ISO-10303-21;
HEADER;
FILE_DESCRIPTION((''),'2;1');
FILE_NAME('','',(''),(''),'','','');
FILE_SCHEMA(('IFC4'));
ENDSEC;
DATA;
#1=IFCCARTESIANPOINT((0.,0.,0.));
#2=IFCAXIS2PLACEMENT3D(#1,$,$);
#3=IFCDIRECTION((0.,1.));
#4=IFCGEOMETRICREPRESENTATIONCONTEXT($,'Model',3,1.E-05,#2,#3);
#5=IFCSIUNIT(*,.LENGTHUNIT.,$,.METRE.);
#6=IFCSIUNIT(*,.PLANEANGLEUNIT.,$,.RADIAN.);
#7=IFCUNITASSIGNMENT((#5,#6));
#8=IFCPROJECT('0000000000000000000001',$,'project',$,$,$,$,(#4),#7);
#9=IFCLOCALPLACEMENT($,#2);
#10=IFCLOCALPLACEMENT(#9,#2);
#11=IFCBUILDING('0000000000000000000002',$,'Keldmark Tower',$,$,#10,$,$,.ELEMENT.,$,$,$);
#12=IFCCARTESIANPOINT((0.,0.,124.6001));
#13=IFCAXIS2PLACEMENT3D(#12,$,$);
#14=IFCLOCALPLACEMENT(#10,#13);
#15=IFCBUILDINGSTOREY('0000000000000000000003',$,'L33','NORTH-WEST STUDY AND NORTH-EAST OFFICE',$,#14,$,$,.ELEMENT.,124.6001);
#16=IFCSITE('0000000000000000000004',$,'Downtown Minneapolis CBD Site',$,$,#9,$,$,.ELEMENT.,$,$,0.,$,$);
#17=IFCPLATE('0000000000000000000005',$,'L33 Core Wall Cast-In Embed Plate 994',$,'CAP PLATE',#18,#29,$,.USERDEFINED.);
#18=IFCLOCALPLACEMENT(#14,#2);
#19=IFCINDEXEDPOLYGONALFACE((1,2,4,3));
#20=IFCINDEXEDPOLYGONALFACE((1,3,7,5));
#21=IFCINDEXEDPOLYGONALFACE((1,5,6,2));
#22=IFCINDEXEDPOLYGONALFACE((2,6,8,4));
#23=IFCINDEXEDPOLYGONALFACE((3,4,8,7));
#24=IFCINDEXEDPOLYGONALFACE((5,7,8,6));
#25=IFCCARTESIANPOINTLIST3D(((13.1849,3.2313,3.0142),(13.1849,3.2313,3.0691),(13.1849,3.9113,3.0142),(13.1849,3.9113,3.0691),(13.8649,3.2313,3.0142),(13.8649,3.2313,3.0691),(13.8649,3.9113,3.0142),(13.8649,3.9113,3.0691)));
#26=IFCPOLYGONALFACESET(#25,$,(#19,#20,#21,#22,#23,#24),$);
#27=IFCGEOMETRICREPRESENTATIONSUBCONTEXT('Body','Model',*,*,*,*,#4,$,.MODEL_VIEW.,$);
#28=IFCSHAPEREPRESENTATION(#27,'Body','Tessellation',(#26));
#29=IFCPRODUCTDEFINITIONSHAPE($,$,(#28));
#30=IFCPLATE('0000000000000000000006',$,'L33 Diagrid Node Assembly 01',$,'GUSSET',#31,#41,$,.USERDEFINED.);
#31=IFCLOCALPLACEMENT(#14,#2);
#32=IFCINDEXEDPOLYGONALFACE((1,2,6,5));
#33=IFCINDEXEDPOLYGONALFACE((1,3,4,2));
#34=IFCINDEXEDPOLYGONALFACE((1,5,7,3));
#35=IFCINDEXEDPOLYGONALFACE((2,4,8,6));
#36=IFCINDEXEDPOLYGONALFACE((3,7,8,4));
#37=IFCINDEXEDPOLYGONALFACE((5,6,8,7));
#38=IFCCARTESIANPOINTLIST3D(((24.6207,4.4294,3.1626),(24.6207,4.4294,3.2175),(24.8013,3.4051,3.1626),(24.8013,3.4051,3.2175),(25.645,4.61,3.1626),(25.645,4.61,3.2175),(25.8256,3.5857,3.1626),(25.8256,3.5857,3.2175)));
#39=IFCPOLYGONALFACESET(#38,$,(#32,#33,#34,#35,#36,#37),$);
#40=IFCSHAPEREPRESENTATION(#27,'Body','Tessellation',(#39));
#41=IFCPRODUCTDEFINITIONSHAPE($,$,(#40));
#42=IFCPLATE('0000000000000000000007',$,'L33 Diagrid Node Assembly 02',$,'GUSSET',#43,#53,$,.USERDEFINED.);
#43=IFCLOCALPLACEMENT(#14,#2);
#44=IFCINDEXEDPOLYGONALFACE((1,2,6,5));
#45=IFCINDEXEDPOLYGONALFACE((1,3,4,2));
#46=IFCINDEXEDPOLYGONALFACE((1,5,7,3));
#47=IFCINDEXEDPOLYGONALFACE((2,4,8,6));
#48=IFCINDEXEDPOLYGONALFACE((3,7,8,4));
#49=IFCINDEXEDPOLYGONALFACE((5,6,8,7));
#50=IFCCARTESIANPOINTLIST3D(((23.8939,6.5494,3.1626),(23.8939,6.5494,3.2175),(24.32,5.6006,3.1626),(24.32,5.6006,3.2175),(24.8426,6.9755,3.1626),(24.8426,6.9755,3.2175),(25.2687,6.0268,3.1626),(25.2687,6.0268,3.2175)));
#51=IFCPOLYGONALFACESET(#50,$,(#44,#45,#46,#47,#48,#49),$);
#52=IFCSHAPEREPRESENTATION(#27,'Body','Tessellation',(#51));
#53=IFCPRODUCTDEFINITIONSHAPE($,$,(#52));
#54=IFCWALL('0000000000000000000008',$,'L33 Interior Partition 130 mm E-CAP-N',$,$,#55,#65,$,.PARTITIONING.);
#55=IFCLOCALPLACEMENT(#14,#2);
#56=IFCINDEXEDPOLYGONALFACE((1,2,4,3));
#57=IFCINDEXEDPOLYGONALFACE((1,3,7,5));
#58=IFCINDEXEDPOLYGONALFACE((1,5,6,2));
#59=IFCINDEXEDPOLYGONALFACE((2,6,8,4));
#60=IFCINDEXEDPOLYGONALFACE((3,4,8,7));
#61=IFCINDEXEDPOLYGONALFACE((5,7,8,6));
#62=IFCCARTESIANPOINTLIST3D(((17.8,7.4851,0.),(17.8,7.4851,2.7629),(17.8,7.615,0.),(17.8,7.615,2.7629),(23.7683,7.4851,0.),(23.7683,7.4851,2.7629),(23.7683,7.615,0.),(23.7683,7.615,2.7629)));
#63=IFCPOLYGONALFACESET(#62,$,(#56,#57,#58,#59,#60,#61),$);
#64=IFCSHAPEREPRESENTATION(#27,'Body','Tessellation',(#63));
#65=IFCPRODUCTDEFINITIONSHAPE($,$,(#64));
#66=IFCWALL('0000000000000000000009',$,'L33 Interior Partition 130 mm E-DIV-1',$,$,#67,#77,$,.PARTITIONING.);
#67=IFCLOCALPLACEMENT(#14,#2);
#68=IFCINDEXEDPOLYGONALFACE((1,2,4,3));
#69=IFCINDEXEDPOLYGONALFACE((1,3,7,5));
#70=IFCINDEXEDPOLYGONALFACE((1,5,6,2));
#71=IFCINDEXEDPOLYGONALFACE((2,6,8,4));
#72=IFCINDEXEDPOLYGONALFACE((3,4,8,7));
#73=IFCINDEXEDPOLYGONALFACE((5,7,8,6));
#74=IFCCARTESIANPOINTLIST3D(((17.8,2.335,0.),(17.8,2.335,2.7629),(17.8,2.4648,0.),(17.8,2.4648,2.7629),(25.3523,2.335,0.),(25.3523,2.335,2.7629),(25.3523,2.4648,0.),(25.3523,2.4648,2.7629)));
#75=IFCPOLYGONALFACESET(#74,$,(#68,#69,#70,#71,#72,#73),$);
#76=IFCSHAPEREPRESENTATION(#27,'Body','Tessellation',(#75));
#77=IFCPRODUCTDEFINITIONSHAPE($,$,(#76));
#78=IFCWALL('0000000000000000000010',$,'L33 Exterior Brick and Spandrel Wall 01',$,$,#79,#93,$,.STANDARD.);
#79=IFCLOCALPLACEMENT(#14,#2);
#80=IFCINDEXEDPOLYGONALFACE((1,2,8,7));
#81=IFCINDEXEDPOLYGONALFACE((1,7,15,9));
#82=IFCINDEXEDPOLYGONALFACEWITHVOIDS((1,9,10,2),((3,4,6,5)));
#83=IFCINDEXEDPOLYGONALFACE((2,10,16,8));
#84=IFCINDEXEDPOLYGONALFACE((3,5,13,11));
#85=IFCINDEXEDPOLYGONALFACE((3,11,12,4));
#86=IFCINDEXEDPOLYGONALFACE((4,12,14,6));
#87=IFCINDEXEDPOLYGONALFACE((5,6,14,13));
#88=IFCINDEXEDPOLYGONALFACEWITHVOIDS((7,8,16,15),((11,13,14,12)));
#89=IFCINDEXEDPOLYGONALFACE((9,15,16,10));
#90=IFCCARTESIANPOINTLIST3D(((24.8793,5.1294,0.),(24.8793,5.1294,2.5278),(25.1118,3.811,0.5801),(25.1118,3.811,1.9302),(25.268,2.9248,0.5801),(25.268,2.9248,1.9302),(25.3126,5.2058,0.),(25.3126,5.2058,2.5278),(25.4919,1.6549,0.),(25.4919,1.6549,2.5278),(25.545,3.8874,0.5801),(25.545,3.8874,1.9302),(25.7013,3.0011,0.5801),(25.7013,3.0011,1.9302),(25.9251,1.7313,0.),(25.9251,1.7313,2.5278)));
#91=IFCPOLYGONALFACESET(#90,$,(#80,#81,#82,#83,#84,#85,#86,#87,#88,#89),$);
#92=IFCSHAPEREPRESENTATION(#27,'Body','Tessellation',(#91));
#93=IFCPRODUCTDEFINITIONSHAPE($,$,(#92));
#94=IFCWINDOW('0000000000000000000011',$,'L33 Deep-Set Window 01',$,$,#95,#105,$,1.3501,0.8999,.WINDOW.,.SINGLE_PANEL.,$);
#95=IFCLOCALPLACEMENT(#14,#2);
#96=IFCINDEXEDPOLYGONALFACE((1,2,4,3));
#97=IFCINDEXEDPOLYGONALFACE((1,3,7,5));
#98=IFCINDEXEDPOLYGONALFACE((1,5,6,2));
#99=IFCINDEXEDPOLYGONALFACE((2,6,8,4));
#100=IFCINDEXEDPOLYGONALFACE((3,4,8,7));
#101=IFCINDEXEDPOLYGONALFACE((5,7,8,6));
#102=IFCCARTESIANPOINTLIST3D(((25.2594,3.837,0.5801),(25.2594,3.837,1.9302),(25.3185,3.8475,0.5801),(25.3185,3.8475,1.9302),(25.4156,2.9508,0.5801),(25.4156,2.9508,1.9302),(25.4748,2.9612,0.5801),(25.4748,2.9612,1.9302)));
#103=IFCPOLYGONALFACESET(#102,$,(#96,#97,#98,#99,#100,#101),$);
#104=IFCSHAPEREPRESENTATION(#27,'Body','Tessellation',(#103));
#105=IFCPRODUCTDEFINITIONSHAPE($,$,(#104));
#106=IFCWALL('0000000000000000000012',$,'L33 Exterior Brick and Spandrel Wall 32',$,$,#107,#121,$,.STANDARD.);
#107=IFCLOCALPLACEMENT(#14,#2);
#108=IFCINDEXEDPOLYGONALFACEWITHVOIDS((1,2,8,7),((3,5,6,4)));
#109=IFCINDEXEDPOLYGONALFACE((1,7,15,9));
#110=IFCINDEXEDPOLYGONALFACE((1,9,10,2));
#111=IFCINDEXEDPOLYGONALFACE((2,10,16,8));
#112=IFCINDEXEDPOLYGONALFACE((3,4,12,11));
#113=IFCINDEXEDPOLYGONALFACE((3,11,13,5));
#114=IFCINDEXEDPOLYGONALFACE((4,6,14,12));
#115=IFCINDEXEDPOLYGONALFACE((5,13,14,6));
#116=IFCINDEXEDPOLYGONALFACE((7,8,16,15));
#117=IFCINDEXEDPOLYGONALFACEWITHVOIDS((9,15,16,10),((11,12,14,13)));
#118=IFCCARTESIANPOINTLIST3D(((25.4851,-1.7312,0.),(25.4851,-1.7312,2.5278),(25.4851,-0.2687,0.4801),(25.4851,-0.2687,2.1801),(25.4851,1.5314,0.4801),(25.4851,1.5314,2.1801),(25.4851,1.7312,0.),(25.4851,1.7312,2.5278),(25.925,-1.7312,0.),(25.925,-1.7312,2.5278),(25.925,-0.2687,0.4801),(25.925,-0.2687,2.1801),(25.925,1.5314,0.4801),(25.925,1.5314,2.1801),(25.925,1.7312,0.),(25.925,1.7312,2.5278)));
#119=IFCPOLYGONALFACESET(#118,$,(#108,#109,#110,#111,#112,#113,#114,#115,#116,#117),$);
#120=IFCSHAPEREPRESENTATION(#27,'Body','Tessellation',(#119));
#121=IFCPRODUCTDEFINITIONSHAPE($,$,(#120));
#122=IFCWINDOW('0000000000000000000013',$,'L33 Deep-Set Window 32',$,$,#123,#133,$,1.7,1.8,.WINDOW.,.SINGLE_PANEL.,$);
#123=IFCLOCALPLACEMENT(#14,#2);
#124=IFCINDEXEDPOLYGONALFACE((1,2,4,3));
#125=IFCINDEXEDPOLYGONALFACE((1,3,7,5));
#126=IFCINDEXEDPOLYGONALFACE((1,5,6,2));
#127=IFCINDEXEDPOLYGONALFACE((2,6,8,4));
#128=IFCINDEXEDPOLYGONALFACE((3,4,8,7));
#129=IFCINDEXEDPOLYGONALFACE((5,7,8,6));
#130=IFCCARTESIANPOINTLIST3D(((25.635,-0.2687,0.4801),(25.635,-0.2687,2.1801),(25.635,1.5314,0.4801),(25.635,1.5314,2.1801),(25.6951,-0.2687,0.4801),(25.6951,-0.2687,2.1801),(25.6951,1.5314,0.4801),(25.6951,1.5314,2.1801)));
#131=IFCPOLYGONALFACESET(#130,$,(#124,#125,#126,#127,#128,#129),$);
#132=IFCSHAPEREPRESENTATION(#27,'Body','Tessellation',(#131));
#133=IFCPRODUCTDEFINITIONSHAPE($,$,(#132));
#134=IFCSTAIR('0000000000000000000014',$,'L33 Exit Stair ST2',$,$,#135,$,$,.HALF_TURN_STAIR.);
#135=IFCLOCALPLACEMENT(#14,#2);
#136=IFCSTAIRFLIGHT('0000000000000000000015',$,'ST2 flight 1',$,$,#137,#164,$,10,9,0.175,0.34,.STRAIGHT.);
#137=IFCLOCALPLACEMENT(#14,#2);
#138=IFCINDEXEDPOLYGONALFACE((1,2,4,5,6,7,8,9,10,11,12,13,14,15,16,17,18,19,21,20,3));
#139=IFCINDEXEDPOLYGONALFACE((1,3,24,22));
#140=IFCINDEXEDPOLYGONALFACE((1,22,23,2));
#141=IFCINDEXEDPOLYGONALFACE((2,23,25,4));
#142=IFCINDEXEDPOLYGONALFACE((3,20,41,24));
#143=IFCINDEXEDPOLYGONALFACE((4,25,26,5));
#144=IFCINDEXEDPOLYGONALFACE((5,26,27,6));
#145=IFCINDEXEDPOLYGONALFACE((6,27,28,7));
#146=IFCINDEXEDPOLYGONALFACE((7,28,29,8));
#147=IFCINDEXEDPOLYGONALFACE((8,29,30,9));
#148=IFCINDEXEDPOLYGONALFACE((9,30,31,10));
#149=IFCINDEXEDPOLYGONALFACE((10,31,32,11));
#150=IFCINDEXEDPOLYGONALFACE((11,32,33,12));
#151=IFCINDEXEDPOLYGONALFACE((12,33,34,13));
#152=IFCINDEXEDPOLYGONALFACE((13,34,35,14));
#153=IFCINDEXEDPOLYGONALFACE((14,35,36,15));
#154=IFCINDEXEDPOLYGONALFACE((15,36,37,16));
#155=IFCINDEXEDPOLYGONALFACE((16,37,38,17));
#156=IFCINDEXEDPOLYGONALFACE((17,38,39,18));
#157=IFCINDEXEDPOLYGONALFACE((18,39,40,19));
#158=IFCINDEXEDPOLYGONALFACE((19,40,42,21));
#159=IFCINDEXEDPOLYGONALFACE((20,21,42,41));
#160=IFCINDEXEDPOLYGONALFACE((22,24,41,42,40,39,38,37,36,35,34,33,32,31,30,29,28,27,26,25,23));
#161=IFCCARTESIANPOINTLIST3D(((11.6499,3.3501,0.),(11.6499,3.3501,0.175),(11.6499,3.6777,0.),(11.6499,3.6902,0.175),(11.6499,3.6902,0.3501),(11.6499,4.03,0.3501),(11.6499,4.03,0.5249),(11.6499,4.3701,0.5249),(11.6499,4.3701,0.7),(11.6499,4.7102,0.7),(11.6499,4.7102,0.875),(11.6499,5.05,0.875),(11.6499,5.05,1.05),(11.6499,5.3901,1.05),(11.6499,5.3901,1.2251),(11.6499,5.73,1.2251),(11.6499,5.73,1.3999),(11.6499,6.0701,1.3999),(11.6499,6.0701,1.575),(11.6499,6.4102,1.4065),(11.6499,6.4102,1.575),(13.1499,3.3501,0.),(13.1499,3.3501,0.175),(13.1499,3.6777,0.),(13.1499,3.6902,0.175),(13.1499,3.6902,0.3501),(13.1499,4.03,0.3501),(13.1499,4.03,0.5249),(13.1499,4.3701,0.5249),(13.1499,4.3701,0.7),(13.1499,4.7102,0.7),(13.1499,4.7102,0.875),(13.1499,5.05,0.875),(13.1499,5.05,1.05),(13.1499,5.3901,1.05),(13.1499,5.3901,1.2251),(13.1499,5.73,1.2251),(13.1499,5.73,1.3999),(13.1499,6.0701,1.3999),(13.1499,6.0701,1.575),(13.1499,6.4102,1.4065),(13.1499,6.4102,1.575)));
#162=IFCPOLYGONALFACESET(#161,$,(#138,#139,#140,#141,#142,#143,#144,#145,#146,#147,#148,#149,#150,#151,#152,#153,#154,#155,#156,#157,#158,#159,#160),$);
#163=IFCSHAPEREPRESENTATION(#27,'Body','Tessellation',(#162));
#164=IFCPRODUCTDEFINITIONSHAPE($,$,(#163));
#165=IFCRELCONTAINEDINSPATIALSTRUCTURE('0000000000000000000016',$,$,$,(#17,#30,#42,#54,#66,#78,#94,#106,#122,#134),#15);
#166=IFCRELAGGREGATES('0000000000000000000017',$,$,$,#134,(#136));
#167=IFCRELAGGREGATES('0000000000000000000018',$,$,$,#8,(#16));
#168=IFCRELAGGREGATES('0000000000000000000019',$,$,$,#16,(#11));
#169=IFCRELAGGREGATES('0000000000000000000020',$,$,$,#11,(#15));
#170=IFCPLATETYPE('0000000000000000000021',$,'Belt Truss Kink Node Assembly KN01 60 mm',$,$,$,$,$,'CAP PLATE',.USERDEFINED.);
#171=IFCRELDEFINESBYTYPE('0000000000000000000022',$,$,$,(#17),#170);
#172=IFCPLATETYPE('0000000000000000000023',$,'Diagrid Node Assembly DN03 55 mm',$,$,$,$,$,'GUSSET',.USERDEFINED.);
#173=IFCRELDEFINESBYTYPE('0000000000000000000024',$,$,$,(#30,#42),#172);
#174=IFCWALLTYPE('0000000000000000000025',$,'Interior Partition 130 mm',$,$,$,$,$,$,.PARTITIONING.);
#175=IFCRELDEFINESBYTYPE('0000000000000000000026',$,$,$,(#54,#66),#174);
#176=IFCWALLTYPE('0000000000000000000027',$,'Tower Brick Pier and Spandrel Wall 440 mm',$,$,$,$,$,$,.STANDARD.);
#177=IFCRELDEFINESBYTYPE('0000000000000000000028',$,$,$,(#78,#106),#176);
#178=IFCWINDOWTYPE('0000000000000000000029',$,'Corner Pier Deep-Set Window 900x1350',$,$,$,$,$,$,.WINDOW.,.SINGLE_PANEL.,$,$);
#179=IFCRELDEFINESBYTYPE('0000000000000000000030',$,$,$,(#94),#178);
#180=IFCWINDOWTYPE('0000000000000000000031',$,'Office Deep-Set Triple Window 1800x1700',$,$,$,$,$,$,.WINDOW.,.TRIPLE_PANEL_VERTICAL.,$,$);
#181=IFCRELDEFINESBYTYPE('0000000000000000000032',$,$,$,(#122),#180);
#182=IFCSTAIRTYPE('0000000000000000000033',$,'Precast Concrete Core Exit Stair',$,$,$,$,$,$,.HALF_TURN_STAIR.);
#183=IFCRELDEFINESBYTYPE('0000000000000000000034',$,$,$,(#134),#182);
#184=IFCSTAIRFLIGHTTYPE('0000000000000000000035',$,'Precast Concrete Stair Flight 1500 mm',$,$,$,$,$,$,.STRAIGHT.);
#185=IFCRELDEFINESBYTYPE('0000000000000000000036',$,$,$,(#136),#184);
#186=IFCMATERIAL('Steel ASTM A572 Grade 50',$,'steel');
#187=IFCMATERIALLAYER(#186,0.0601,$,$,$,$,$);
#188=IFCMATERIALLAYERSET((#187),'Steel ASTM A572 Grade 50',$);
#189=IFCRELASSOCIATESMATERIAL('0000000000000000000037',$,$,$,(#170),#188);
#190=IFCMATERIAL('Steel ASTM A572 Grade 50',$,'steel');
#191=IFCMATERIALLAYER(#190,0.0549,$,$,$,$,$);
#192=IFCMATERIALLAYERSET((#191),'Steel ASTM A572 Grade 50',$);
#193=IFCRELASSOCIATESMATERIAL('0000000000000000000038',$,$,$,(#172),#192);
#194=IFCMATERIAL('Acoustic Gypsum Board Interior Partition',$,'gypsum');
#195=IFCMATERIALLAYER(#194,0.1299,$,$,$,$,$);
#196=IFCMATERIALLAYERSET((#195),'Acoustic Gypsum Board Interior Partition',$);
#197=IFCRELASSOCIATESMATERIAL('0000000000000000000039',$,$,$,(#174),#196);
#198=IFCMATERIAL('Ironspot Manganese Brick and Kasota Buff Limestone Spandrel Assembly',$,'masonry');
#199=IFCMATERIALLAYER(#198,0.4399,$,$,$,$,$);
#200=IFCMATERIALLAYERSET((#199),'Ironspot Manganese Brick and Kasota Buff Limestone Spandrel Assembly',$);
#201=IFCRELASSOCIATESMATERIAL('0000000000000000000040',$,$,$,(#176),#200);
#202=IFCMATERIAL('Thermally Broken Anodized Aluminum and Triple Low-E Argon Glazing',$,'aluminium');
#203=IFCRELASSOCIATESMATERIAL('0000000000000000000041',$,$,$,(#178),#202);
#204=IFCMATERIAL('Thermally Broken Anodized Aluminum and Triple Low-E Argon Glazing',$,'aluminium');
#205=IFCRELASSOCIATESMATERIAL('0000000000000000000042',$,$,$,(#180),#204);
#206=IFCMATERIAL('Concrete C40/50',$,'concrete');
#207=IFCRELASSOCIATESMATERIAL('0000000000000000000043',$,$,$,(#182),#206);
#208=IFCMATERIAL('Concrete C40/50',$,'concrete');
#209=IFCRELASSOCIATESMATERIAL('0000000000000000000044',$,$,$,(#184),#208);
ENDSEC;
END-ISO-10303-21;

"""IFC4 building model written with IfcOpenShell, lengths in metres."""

from ifc_helpers import new_model, si_unit, direction, frame, frame_2d, origin, origin_2d, place, context, subcontext, project, spatial, polyline, rectangle, outline, extrude, material, layer, layer_set, type_object, element, fill, aggregate, save


model = new_model("IFC4")

# Units and contexts
model_context = context("Model", 3, precision=1e-05, world=origin(), true_north=direction((0.0, 1.0)))
body_context = subcontext(model_context, "Body", "Model", "MODEL_VIEW")
ifc_project = project(units=[si_unit("LENGTHUNIT", "METRE"), si_unit("PLANEANGLEUNIT", "RADIAN")], contexts=[model_context])

# Site, building, storey
site_placement = place(None, origin())
site = spatial("IfcSite", under=ifc_project, at=site_placement, Name="Downtown Minneapolis CBD Site", CompositionType="ELEMENT", RefElevation=0.0)
building_placement = place(site_placement, origin())
building = spatial("IfcBuilding", under=site, at=building_placement, Name="Keldmark Tower", CompositionType="ELEMENT")
storey_placement = place(building_placement, frame((0.0, 0.0, 124.6001)))
storey = spatial("IfcBuildingStorey", under=building, at=storey_placement, Name="L33", Description="NORTH-WEST STUDY AND NORTH-EAST OFFICE", CompositionType="ELEMENT", Elevation=124.6001)

# Plates
ifc_material_1 = material(Name="Steel ASTM A572 Grade 50", Category="steel")
ifc_layer_1 = layer(ifc_material_1, 0.0601)
ifc_layer_set_1 = layer_set([ifc_layer_1], Name="Steel ASTM A572 Grade 50")
plate_type_1 = type_object("IfcPlateType", Name="Belt Truss Kink Node Assembly KN01 60 mm", ElementType="CAP PLATE", PredefinedType="USERDEFINED", material=ifc_layer_set_1)
for number, where, z_axis, x_axis, name in (
    (1, (13.5249, 3.5713, 3.0142), (0.0, 0.0, 1.0), (1.0, 0.0, 0.0), "L33 Core Wall Cast-In Embed Plate 994"),
):
    element("IfcPlate", number, at=place(storey_placement, frame(where, z_axis=z_axis, x_axis=x_axis)), inside=storey, type_object=plate_type_1, Name=name, ObjectType="CAP PLATE", PredefinedType="USERDEFINED", context=body_context, shape_type="SweptSolid", body=[
        extrude(rectangle(XDim=0.6799, YDim=0.6799, at=origin_2d()), origin(), (0.0, 0.0, 1.0), 0.0549),
    ])
ifc_material_2 = material(Name="Steel ASTM A572 Grade 50", Category="steel")
ifc_layer_2 = layer(ifc_material_2, 0.0549)
ifc_layer_set_2 = layer_set([ifc_layer_2], Name="Steel ASTM A572 Grade 50")
plate_type_2 = type_object("IfcPlateType", Name="Diagrid Node Assembly DN03 55 mm", ElementType="GUSSET", PredefinedType="USERDEFINED", material=ifc_layer_set_2)
for number, where, z_axis, x_axis, name in (
    (2, (25.2231, 4.0076, 3.1626), (0.0, 0.0, 1.0), (-0.173648, 0.984808, 0.0), "L33 Diagrid Node Assembly 01"),
    (3, (24.5813, 6.2881, 3.1626), (0.0, 0.0, 1.0), (-0.409764, 0.912192, 0.0), "L33 Diagrid Node Assembly 02"),
):
    element("IfcPlate", number, at=place(storey_placement, frame(where, z_axis=z_axis, x_axis=x_axis)), inside=storey, type_object=plate_type_2, Name=name, ObjectType="GUSSET", PredefinedType="USERDEFINED", context=body_context, shape_type="SweptSolid", body=[
        extrude(rectangle(XDim=1.04, YDim=1.04, at=origin_2d()), origin(), (0.0, 0.0, 1.0), 0.0549),
    ])

# Walls
ifc_material_3 = material(Name="Acoustic Gypsum Board Interior Partition", Category="gypsum")
ifc_layer_3 = layer(ifc_material_3, 0.1299)
ifc_layer_set_3 = layer_set([ifc_layer_3], Name="Acoustic Gypsum Board Interior Partition")
wall_type_1 = type_object("IfcWallType", Name="Interior Partition 130 mm", PredefinedType="PARTITIONING", material=ifc_layer_set_3)
wall_1_placement = place(storey_placement, frame((17.8, 7.55, 0.0), z_axis=(0.0, 0.0, 1.0), x_axis=(1.0, 0.0, 0.0)))
element("IfcWall", 4, at=wall_1_placement, inside=storey, type_object=wall_type_1, Name="L33 Interior Partition 130 mm E-CAP-N", PredefinedType="PARTITIONING", context=body_context, shape_type="SweptSolid", body=[
    extrude(rectangle(XDim=5.9683, YDim=0.1299, at=frame_2d((2.9841, 0.0))), origin(), (0.0, 0.0, 1.0), 2.7629),
])
wall_2_placement = place(storey_placement, frame((17.8, 2.3999, 0.0), z_axis=(0.0, 0.0, 1.0), x_axis=(1.0, 0.0, 0.0)))
element("IfcWall", 5, at=wall_2_placement, inside=storey, type_object=wall_type_1, Name="L33 Interior Partition 130 mm E-DIV-1", PredefinedType="PARTITIONING", context=body_context, shape_type="SweptSolid", body=[
    extrude(rectangle(XDim=7.5522, YDim=0.1299, at=frame_2d((3.7761, 0.0))), origin(), (0.0, 0.0, 1.0), 2.7629),
])

# Walls, openings, windows
ifc_material_4 = material(Name="Ironspot Manganese Brick and Kasota Buff Limestone Spandrel Assembly", Category="masonry")
ifc_layer_4 = layer(ifc_material_4, 0.4399)
ifc_layer_set_4 = layer_set([ifc_layer_4], Name="Ironspot Manganese Brick and Kasota Buff Limestone Spandrel Assembly")
wall_type_2 = type_object("IfcWallType", Name="Tower Brick Pier and Spandrel Wall 440 mm", PredefinedType="STANDARD", material=ifc_layer_set_4)
wall_3_placement = place(storey_placement, frame((25.0959, 5.1677, 0.0), z_axis=(0.0, 0.0, 1.0), x_axis=(0.173616, -0.984813, 0.0)))
wall_3 = element("IfcWall", 6, at=wall_3_placement, inside=storey, type_object=wall_type_2, Name="L33 Exterior Brick and Spandrel Wall 01", PredefinedType="STANDARD", context=body_context, shape_type="SweptSolid", body=[
    extrude(rectangle(XDim=3.5281, YDim=0.4399, at=frame_2d((1.7642, 0.0))), origin(), (0.0, 0.0, 1.0), 2.5278),
])
opening_1_placement = place(wall_3_placement, frame((1.3389, 0.0, 0.5801)))
opening_1 = element("IfcOpeningElement", 7, at=opening_1_placement, cuts=wall_3, PredefinedType="OPENING", context=body_context, shape_type="SweptSolid", body=[
    extrude(rectangle(XDim=0.8999, YDim=1.3501, at=frame_2d((0.45, 0.675))), frame((0.0, 0.23, 0.0), z_axis=(0.0, -1.0, 0.0), x_axis=(1.0, 0.0, 0.0)), (0.0, 0.0, 1.0), 0.46),
])
ifc_material_5 = material(Name="Thermally Broken Anodized Aluminum and Triple Low-E Argon Glazing", Category="aluminium")
window_type_1 = type_object("IfcWindowType", Name="Corner Pier Deep-Set Window 900x1350", PartitioningType="SINGLE_PANEL", PredefinedType="WINDOW", material=ifc_material_5)
window_1_placement = place(opening_1_placement, origin())
window_1 = element("IfcWindow", 8, at=window_1_placement, inside=storey, type_object=window_type_1, Name="L33 Deep-Set Window 01", OverallHeight=1.3501, OverallWidth=0.8999, PartitioningType="SINGLE_PANEL", PredefinedType="WINDOW", context=body_context, shape_type="SweptSolid", body=[
    extrude(rectangle(XDim=0.8999, YDim=1.3501, at=frame_2d((0.45, 0.675))), frame((0.0, -0.01, 0.0), z_axis=(0.0, -1.0, 0.0), x_axis=(1.0, 0.0, 0.0)), (0.0, 0.0, 1.0), 0.0601),
])
fill(opening_1, window_1)
wall_4_placement = place(storey_placement, frame((25.7051, 1.7312, 0.0), z_axis=(0.0, 0.0, 1.0), x_axis=(0.0, -1.0, 0.0)))
wall_4 = element("IfcWall", 9, at=wall_4_placement, inside=storey, type_object=wall_type_2, Name="L33 Exterior Brick and Spandrel Wall 32", PredefinedType="STANDARD", context=body_context, shape_type="SweptSolid", body=[
    extrude(rectangle(XDim=3.4624, YDim=0.4399, at=frame_2d((1.7312, 0.0))), origin(), (0.0, 0.0, 1.0), 2.5278),
])
opening_2_placement = place(wall_4_placement, frame((0.2, 0.0, 0.48)))
opening_2 = element("IfcOpeningElement", 10, at=opening_2_placement, cuts=wall_4, PredefinedType="OPENING", context=body_context, shape_type="SweptSolid", body=[
    extrude(rectangle(XDim=1.8, YDim=1.7, at=frame_2d((0.8999, 0.8501))), frame((0.0, 0.23, 0.0), z_axis=(0.0, -1.0, 0.0), x_axis=(1.0, 0.0, 0.0)), (0.0, 0.0, 1.0), 0.46),
])
ifc_material_6 = material(Name="Thermally Broken Anodized Aluminum and Triple Low-E Argon Glazing", Category="aluminium")
window_type_2 = type_object("IfcWindowType", Name="Office Deep-Set Triple Window 1800x1700", PartitioningType="TRIPLE_PANEL_VERTICAL", PredefinedType="WINDOW", material=ifc_material_6)
window_2_placement = place(opening_2_placement, origin())
window_2 = element("IfcWindow", 11, at=window_2_placement, inside=storey, type_object=window_type_2, Name="L33 Deep-Set Window 32", OverallHeight=1.7, OverallWidth=1.8, PartitioningType="SINGLE_PANEL", PredefinedType="WINDOW", context=body_context, shape_type="SweptSolid", body=[
    extrude(rectangle(XDim=1.8, YDim=1.7, at=frame_2d((0.8999, 0.8501))), frame((0.0, -0.01, 0.0), z_axis=(0.0, -1.0, 0.0), x_axis=(1.0, 0.0, 0.0)), (0.0, 0.0, 1.0), 0.0601),
])
fill(opening_2, window_2)

# Stair, stair flight
ifc_material_7 = material(Name="Concrete C40/50", Category="concrete")
stair_type = type_object("IfcStairType", Name="Precast Concrete Core Exit Stair", PredefinedType="HALF_TURN_STAIR", material=ifc_material_7)
stair_placement = place(storey_placement, origin())
stair = element("IfcStair", 12, at=stair_placement, inside=storey, type_object=stair_type, Name="L33 Exit Stair ST2", PredefinedType="HALF_TURN_STAIR")
ifc_material_8 = material(Name="Concrete C40/50", Category="concrete")
stair_flight_type = type_object("IfcStairFlightType", Name="Precast Concrete Stair Flight 1500 mm", PredefinedType="STRAIGHT", material=ifc_material_8)
stair_flight_placement = place(storey_placement, frame((12.3999, 3.3501, 0.0), z_axis=(0.0, 0.0, 1.0), x_axis=(0.0, 1.0, 0.0)))
stair_flight = element("IfcStairFlight", 13, at=stair_flight_placement, type_object=stair_flight_type, Name="ST2 flight 1", NumberOfRisers=10, NumberOfTreads=9, PredefinedType="STRAIGHT", RiserHeight=0.175, TreadLength=0.34, context=body_context, shape_type="SweptSolid", body=[
    extrude(outline(polyline([(0.0, 0.0), (0.0, 0.175), (0.3401, 0.175), (0.3401, 0.3501), (0.6799, 0.3501), (0.6799, 0.5249), (1.02, 0.5249), (1.02, 0.7), (1.3601, 0.7), (1.3601, 0.875), (1.7, 0.875), (1.7, 1.05), (2.04, 1.05), (2.04, 1.2251), (2.3799, 1.2251), (2.3799, 1.3999), (2.72, 1.3999), (2.72, 1.575), (3.0601, 1.575), (3.0601, 1.75), (3.0601, 1.4065), (0.3276, 0.0), (0.0, 0.0)])), frame((0.0, 0.75, 0.0), z_axis=(0.0, -1.0, 0.0), x_axis=(1.0, 0.0, 0.0)), (0.0, 0.0, 1.0), 1.5),
])
aggregate(stair, [stair_flight])

save(model, "model.ifc")
